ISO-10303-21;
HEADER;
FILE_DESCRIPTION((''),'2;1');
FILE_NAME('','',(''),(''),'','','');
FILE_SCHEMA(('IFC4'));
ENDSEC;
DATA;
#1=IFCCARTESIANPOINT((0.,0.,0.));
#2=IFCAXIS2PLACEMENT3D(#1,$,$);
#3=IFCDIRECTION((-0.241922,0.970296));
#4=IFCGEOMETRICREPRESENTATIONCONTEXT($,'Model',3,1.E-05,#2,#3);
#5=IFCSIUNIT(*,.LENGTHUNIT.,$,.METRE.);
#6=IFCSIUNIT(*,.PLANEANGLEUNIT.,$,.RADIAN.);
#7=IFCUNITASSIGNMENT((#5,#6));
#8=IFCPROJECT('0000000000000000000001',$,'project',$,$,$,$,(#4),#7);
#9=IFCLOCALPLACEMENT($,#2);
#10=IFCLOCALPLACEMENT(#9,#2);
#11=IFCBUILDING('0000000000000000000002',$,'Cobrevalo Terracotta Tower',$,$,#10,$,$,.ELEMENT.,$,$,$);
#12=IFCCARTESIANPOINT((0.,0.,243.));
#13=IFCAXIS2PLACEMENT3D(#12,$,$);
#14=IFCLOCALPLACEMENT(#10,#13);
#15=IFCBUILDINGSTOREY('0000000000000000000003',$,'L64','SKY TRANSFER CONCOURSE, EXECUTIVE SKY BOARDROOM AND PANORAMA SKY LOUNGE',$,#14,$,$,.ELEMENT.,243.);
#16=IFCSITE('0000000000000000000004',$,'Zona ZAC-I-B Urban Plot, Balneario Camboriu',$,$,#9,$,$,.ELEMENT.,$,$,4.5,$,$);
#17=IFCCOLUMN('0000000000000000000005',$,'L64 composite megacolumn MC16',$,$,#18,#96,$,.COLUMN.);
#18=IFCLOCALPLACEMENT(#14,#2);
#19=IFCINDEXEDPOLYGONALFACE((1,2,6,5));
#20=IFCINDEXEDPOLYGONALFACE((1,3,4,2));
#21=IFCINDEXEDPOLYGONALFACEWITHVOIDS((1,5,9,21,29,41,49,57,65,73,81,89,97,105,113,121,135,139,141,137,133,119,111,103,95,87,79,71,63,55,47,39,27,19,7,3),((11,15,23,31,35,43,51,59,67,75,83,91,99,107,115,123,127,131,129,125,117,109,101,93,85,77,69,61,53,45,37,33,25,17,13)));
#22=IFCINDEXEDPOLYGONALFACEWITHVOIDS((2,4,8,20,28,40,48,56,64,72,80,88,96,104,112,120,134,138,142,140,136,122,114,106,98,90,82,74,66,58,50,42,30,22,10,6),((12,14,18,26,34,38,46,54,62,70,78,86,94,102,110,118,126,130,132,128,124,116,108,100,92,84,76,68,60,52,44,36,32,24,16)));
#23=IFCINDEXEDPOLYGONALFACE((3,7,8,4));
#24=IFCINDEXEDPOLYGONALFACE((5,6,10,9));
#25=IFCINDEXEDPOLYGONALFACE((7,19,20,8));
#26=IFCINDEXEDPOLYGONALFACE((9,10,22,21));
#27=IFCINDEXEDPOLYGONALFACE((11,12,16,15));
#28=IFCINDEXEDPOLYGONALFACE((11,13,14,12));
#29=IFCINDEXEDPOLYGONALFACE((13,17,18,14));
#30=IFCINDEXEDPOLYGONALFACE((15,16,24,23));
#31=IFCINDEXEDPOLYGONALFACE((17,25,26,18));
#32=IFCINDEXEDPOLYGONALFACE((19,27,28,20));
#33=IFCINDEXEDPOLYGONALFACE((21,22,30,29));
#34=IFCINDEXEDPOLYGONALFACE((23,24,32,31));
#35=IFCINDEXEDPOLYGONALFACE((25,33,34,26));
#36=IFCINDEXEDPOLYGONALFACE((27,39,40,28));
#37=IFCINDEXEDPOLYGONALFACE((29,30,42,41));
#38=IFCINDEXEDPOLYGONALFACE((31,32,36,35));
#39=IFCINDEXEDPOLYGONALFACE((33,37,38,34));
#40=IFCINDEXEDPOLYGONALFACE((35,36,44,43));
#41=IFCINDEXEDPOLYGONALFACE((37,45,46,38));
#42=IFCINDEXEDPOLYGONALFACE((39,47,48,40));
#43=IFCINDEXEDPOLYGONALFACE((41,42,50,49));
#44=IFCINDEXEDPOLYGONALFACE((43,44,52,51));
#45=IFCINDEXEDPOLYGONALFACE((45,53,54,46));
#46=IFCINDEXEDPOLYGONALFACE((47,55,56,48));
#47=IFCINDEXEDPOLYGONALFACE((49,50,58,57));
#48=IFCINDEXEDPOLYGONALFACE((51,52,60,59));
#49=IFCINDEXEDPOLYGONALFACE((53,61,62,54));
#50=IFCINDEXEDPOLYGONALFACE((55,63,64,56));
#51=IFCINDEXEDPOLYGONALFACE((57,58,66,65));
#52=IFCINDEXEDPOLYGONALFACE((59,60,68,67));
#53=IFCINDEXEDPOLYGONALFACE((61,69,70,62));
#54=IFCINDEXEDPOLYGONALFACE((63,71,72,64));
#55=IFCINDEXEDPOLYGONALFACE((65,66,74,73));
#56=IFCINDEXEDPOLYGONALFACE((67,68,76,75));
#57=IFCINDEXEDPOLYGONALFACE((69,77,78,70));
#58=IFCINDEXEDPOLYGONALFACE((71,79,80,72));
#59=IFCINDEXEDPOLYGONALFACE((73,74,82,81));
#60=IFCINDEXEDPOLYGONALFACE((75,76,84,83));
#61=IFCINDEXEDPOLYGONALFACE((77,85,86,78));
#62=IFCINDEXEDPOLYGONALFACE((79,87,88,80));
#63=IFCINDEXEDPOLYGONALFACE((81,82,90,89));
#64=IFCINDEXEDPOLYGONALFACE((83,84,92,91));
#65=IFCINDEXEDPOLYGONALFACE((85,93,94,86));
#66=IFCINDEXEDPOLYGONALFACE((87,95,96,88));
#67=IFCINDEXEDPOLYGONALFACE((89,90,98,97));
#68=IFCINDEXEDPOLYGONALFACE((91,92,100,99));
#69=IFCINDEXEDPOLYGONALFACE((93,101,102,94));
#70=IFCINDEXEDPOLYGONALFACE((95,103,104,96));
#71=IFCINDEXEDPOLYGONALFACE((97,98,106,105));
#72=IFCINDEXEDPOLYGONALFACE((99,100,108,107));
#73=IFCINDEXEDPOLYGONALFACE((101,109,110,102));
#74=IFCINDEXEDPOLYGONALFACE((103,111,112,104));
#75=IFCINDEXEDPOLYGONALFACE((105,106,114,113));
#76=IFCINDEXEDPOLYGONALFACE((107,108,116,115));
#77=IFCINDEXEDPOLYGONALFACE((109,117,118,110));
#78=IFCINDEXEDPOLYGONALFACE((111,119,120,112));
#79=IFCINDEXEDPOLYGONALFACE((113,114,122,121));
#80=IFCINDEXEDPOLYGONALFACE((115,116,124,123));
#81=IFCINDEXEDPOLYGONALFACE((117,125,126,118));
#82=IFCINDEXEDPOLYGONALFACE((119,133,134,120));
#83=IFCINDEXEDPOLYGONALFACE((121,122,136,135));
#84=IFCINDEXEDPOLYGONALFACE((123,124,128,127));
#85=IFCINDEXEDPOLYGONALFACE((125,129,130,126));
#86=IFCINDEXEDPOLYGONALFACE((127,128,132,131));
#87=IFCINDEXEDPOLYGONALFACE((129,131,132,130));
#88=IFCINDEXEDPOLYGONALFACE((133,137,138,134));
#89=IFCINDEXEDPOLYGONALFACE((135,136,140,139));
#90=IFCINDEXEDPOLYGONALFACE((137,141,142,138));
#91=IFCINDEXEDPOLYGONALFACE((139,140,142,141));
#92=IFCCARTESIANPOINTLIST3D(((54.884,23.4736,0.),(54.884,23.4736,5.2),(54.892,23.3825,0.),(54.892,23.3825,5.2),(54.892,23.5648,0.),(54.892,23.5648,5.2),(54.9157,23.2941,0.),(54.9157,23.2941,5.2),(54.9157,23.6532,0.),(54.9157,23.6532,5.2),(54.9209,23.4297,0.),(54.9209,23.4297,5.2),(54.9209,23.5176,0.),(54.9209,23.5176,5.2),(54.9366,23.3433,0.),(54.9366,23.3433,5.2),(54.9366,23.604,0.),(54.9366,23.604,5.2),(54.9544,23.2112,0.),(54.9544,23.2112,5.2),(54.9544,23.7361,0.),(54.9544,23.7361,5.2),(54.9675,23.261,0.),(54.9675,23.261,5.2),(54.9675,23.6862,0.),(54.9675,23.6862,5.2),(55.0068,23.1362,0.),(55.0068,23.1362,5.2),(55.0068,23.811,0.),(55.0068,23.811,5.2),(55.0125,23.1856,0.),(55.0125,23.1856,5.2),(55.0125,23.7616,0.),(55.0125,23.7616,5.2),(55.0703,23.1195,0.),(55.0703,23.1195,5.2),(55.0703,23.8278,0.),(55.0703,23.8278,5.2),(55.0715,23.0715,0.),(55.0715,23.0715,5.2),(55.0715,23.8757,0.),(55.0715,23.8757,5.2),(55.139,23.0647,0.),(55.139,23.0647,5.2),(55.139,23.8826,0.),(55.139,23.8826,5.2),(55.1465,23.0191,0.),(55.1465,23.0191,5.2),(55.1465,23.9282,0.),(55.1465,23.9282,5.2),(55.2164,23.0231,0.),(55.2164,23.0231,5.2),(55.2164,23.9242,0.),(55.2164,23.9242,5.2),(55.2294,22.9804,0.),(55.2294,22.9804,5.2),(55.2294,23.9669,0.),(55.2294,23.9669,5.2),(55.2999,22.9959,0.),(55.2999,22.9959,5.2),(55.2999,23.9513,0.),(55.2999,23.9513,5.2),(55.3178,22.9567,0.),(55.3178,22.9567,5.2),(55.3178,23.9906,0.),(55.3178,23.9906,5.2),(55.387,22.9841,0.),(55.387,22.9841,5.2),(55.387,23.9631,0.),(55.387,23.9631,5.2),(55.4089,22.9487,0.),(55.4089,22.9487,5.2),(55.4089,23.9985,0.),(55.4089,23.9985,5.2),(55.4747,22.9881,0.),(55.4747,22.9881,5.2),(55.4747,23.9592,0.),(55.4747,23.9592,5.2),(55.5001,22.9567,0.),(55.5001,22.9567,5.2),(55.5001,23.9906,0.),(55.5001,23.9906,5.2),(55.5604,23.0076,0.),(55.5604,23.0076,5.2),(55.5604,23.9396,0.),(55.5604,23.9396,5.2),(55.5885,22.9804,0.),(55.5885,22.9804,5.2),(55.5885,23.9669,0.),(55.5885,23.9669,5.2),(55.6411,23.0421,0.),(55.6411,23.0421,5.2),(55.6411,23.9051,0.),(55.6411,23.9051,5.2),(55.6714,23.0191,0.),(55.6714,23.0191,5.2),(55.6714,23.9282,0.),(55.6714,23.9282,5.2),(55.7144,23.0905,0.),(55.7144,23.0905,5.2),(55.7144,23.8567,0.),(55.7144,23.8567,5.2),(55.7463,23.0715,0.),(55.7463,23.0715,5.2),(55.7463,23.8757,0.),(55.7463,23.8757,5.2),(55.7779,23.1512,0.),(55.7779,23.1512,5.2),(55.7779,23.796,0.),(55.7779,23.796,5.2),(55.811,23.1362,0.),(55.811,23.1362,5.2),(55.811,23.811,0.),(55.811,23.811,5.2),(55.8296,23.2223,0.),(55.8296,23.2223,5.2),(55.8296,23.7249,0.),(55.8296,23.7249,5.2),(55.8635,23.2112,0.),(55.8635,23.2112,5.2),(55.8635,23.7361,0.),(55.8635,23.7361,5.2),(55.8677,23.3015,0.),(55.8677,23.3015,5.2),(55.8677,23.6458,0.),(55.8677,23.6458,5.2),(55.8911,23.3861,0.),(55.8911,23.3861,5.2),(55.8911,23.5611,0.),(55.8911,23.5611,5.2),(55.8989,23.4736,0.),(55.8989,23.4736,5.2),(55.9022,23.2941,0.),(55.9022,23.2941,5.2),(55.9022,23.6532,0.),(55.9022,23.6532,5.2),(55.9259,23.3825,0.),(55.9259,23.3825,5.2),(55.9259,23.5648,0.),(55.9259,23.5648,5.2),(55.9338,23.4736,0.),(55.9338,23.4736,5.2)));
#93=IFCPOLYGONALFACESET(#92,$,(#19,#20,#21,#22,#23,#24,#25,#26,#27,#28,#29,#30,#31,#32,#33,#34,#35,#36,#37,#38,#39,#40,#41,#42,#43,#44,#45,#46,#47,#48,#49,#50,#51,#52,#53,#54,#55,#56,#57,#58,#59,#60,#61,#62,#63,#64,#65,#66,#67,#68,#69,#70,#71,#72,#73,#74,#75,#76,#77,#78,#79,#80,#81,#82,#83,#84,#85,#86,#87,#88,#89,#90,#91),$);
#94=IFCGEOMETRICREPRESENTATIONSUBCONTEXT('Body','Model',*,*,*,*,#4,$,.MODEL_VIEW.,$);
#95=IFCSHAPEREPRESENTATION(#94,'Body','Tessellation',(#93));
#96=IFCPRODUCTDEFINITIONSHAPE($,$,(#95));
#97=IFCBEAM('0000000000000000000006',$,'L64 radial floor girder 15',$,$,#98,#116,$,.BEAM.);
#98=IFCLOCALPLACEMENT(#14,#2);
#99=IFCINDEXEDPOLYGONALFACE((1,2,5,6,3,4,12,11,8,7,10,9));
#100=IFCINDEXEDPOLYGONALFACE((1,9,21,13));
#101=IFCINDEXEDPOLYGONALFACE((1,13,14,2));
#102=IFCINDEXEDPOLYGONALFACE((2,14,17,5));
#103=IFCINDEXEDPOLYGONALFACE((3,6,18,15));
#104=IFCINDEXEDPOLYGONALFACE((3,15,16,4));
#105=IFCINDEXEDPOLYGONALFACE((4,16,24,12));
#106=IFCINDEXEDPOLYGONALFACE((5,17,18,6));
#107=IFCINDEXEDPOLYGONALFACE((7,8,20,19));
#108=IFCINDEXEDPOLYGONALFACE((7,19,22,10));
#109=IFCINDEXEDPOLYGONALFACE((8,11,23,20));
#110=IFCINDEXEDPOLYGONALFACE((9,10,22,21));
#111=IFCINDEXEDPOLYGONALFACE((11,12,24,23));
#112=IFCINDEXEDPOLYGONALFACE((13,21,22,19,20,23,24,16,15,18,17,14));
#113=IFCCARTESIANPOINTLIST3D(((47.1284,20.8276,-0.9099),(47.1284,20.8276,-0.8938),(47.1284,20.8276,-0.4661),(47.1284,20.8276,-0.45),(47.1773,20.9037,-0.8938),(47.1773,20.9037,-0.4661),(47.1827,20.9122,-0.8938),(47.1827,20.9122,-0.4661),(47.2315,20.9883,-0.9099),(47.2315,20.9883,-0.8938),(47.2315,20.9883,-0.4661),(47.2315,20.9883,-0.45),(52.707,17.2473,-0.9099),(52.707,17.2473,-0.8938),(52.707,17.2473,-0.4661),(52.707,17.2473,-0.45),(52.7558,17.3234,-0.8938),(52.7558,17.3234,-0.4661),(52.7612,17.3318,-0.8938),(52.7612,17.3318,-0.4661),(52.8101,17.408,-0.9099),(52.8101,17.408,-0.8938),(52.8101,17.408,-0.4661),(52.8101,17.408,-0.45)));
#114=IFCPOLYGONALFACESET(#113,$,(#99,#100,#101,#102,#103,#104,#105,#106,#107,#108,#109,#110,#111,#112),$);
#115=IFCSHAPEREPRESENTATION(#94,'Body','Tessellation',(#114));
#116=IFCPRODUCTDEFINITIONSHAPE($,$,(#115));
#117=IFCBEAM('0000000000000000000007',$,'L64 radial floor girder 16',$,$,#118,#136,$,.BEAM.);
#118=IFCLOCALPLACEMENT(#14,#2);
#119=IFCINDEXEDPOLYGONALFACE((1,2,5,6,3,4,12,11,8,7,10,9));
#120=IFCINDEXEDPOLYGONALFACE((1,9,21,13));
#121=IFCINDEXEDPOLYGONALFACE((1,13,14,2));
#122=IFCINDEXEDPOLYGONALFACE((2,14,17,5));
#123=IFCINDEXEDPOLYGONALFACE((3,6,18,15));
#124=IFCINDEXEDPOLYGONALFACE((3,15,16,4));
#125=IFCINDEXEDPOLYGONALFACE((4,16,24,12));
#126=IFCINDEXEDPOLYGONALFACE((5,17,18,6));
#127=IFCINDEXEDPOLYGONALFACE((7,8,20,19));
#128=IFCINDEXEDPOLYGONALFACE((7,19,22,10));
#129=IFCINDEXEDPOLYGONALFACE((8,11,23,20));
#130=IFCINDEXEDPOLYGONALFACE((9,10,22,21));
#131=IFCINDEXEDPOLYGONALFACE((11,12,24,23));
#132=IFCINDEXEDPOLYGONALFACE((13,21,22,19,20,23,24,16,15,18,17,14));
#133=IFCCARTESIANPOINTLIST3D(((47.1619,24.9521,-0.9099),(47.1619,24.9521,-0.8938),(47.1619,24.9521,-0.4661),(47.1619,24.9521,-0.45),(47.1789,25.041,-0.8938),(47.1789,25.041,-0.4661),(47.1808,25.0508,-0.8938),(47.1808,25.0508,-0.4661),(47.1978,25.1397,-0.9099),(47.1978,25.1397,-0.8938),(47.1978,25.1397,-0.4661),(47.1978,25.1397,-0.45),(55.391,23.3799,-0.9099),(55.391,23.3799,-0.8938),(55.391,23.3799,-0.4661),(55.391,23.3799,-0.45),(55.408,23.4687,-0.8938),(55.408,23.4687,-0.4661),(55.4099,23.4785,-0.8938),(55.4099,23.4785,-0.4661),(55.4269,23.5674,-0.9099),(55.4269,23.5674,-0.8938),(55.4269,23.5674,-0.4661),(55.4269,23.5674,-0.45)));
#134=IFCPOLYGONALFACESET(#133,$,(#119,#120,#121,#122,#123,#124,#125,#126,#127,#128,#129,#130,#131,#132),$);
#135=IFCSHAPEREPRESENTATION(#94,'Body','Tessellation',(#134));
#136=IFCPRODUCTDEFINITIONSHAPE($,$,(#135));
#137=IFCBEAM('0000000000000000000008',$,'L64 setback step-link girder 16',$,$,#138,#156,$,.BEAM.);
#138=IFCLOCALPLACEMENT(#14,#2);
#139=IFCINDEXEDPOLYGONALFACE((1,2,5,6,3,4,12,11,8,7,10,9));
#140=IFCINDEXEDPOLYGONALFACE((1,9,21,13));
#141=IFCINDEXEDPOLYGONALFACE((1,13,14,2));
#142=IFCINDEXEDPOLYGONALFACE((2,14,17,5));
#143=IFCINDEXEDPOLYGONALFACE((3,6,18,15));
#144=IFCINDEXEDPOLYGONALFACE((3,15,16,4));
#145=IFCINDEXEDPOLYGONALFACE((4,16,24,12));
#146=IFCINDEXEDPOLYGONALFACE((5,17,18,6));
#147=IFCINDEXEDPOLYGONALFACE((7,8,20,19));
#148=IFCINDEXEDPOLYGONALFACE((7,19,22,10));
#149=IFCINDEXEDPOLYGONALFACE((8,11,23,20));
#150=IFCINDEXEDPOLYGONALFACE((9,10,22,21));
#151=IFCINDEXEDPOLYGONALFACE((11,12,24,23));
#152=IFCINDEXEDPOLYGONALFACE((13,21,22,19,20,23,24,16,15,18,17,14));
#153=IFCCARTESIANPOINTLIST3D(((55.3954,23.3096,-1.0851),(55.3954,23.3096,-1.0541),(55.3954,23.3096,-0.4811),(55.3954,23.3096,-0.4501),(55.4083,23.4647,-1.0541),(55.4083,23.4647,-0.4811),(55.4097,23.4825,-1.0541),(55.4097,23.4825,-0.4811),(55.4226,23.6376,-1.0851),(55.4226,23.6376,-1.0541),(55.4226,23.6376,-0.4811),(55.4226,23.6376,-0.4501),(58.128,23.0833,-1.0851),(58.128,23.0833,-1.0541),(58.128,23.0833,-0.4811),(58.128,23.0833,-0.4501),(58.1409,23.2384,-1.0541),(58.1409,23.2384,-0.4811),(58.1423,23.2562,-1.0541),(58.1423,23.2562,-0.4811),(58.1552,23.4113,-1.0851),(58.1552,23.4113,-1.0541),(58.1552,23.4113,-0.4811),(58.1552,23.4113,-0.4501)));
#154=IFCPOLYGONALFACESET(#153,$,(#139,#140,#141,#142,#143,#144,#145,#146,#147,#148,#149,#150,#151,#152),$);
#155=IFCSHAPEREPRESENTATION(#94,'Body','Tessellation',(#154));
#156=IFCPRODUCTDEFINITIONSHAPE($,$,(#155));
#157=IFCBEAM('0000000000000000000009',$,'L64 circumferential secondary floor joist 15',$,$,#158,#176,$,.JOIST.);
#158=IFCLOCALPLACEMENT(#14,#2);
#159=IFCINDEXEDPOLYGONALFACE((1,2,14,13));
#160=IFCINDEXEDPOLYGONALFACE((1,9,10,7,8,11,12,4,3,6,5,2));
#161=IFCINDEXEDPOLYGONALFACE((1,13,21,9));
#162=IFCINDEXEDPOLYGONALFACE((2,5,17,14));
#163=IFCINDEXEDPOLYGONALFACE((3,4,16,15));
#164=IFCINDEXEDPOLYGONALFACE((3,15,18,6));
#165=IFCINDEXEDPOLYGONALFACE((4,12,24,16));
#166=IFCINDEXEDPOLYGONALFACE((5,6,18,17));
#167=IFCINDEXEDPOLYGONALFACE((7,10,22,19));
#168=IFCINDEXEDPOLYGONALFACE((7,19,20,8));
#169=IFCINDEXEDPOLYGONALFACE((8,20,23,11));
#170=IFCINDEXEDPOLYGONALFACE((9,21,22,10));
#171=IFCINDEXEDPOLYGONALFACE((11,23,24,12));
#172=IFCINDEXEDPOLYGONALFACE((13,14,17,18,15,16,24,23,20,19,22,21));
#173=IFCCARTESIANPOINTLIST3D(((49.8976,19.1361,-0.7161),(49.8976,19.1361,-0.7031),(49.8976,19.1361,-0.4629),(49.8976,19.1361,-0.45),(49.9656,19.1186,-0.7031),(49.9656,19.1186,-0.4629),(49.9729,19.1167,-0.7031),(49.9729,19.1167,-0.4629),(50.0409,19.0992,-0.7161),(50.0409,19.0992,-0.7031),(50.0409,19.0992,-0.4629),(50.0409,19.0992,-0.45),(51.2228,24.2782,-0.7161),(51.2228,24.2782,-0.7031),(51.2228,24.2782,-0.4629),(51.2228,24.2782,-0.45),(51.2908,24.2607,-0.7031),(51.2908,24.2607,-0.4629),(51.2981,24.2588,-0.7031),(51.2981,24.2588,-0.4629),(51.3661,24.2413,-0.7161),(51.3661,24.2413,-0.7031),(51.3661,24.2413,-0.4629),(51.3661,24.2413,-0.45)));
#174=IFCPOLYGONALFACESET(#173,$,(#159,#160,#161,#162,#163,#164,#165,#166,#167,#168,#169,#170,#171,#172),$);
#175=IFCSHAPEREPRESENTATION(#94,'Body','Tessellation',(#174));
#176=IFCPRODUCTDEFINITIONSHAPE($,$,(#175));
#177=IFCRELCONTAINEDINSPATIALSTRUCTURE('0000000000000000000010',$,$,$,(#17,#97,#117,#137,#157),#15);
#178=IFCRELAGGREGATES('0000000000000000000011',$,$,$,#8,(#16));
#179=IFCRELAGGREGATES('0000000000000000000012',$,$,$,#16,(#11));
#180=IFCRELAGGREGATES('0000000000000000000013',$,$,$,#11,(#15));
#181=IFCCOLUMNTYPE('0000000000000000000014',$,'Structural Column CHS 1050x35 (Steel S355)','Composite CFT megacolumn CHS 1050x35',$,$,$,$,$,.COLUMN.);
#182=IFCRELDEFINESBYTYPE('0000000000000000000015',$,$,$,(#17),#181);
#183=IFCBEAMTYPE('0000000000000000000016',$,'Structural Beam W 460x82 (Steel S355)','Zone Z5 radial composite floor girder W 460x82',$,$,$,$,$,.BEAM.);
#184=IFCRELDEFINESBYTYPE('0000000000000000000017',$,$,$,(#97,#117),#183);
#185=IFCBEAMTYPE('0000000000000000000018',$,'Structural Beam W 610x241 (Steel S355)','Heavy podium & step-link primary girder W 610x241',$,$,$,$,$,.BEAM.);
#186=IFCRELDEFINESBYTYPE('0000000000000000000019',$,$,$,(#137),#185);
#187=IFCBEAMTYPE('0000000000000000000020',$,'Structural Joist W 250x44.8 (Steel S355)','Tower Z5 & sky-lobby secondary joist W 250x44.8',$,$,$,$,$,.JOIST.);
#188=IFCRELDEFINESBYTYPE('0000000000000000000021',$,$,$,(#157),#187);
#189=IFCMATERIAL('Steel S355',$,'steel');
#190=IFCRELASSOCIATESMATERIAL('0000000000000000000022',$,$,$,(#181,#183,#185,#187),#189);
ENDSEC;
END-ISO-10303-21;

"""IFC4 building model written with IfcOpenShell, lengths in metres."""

from ifc_helpers import new_model, si_unit, direction, frame, origin, origin_2d, place, context, subcontext, project, spatial, hollow_circle, i_section, extrude, material, material_profile, profile_set, type_object, element, save


model = new_model("IFC4")

# Units and contexts
model_context = context("Model", 3, precision=1e-05, world=origin(), true_north=direction((-0.241922, 0.970296)))
body_context = subcontext(model_context, "Body", "Model", "MODEL_VIEW")
ifc_project = project(units=[si_unit("LENGTHUNIT", "METRE"), si_unit("PLANEANGLEUNIT", "RADIAN")], contexts=[model_context])

# Site, building, storey
site_placement = place(None, origin())
site = spatial("IfcSite", under=ifc_project, at=site_placement, Name="Zona ZAC-I-B Urban Plot, Balneario Camboriu", CompositionType="ELEMENT", RefElevation=4.5)
building_placement = place(site_placement, origin())
building = spatial("IfcBuilding", under=site, at=building_placement, Name="Cobrevalo Terracotta Tower", CompositionType="ELEMENT")
storey_placement = place(building_placement, frame((0.0, 0.0, 243.0)))
storey = spatial("IfcBuildingStorey", under=building, at=storey_placement, Name="L64", Description="SKY TRANSFER CONCOURSE, EXECUTIVE SKY BOARDROOM AND PANORAMA SKY LOUNGE", CompositionType="ELEMENT", Elevation=243.0)

# Column
ifc_material_1 = material(Name="Steel S355", Category="steel")
ifc_material_profile_1 = material_profile(ifc_material_1, hollow_circle(Radius=0.5249, WallThickness=0.0349, at=origin_2d()), Name="CHS 1050x35")
ifc_profile_set_1 = profile_set([ifc_material_profile_1], Name="Steel S355")
column_type = type_object("IfcColumnType", Name="Structural Column CHS 1050x35 (Steel S355)", Description="Composite CFT megacolumn CHS 1050x35", PredefinedType="COLUMN", material=ifc_profile_set_1)
column_placement = place(storey_placement, frame((55.4089, 23.4736, 0.0), z_axis=(0.0, 0.0, 1.0), x_axis=(1.0, 0.0, 0.0)))
element("IfcColumn", 1, at=column_placement, inside=storey, type_object=column_type, Name="L64 composite megacolumn MC16", PredefinedType="COLUMN", context=body_context, shape_type="SweptSolid", body=[
    extrude(hollow_circle(Radius=0.5249, WallThickness=0.0349, at=origin_2d()), origin(), (0.0, 0.0, 1.0), 5.2),
])

# Beams
ifc_material_profile_2 = material_profile(ifc_material_1, i_section(OverallWidth=0.1909, OverallDepth=0.46, WebThickness=0.01, FlangeThickness=0.0161, at=origin_2d()), Name="W 460x82")
ifc_profile_set_2 = profile_set([ifc_material_profile_2], Name="Steel S355")
beam_type_1 = type_object("IfcBeamType", Name="Structural Beam W 460x82 (Steel S355)", Description="Zone Z5 radial composite floor girder W 460x82", PredefinedType="BEAM", material=ifc_profile_set_2)
beam_1_placement = place(storey_placement, frame((52.7585, 17.3276, -0.6799), z_axis=(-0.841585, 0.540125, 0.0), x_axis=(-0.540125, -0.841585, 0.0)))
element("IfcBeam", 2, at=beam_1_placement, inside=storey, type_object=beam_type_1, Name="L64 radial floor girder 15", PredefinedType="BEAM", context=body_context, shape_type="SweptSolid", body=[
    extrude(i_section(OverallWidth=0.1909, OverallDepth=0.46, WebThickness=0.01, FlangeThickness=0.0161, at=origin_2d()), origin(), (0.0, 0.0, 1.0), 6.6287),
])
beam_2_placement = place(storey_placement, frame((55.4089, 23.4736, -0.6799), z_axis=(-0.982232, 0.187669, 0.0), x_axis=(-0.187669, -0.982232, 0.0)))
element("IfcBeam", 3, at=beam_2_placement, inside=storey, type_object=beam_type_1, Name="L64 radial floor girder 16", PredefinedType="BEAM", context=body_context, shape_type="SweptSolid", body=[
    extrude(i_section(OverallWidth=0.1909, OverallDepth=0.46, WebThickness=0.01, FlangeThickness=0.0161, at=origin_2d()), origin(), (0.0, 0.0, 1.0), 8.3779),
])
ifc_material_profile_3 = material_profile(ifc_material_1, i_section(OverallWidth=0.3291, OverallDepth=0.635, WebThickness=0.0178, FlangeThickness=0.031, at=origin_2d()), Name="W 610x241")
ifc_profile_set_3 = profile_set([ifc_material_profile_3], Name="Steel S355")
beam_type_2 = type_object("IfcBeamType", Name="Structural Beam W 610x241 (Steel S355)", Description="Heavy podium & step-link primary girder W 610x241", PredefinedType="BEAM", material=ifc_profile_set_3)
beam_3_placement = place(storey_placement, frame((58.1416, 23.2473, -0.7676), z_axis=(-0.996588, 0.082537, 0.0), x_axis=(-0.082537, -0.996588, 0.0)))
element("IfcBeam", 4, at=beam_3_placement, inside=storey, type_object=beam_type_2, Name="L64 setback step-link girder 16", PredefinedType="BEAM", context=body_context, shape_type="SweptSolid", body=[
    extrude(i_section(OverallWidth=0.3291, OverallDepth=0.635, WebThickness=0.0178, FlangeThickness=0.031, at=origin_2d()), origin(), (0.0, 0.0, 1.0), 2.7419),
])
ifc_material_profile_4 = material_profile(ifc_material_1, i_section(OverallWidth=0.1479, OverallDepth=0.2661, WebThickness=0.0076, FlangeThickness=0.0129, at=origin_2d()), Name="W 250x44.8")
ifc_profile_set_4 = profile_set([ifc_material_profile_4], Name="Steel S355")
beam_type_3 = type_object("IfcBeamType", Name="Structural Joist W 250x44.8 (Steel S355)", Description="Tower Z5 & sky-lobby secondary joist W 250x44.8", PredefinedType="JOIST", material=ifc_profile_set_4)
beam_4_placement = place(storey_placement, frame((49.9692, 19.1177, -0.583), z_axis=(0.249561, 0.968359, 0.0), x_axis=(-0.968359, 0.249561, 0.0)))
element("IfcBeam", 5, at=beam_4_placement, inside=storey, type_object=beam_type_3, Name="L64 circumferential secondary floor joist 15", PredefinedType="JOIST", context=body_context, shape_type="SweptSolid", body=[
    extrude(i_section(OverallWidth=0.1479, OverallDepth=0.2661, WebThickness=0.0076, FlangeThickness=0.0129, at=origin_2d()), origin(), (0.0, 0.0, 1.0), 5.3101),
])

save(model, "model.ifc")
